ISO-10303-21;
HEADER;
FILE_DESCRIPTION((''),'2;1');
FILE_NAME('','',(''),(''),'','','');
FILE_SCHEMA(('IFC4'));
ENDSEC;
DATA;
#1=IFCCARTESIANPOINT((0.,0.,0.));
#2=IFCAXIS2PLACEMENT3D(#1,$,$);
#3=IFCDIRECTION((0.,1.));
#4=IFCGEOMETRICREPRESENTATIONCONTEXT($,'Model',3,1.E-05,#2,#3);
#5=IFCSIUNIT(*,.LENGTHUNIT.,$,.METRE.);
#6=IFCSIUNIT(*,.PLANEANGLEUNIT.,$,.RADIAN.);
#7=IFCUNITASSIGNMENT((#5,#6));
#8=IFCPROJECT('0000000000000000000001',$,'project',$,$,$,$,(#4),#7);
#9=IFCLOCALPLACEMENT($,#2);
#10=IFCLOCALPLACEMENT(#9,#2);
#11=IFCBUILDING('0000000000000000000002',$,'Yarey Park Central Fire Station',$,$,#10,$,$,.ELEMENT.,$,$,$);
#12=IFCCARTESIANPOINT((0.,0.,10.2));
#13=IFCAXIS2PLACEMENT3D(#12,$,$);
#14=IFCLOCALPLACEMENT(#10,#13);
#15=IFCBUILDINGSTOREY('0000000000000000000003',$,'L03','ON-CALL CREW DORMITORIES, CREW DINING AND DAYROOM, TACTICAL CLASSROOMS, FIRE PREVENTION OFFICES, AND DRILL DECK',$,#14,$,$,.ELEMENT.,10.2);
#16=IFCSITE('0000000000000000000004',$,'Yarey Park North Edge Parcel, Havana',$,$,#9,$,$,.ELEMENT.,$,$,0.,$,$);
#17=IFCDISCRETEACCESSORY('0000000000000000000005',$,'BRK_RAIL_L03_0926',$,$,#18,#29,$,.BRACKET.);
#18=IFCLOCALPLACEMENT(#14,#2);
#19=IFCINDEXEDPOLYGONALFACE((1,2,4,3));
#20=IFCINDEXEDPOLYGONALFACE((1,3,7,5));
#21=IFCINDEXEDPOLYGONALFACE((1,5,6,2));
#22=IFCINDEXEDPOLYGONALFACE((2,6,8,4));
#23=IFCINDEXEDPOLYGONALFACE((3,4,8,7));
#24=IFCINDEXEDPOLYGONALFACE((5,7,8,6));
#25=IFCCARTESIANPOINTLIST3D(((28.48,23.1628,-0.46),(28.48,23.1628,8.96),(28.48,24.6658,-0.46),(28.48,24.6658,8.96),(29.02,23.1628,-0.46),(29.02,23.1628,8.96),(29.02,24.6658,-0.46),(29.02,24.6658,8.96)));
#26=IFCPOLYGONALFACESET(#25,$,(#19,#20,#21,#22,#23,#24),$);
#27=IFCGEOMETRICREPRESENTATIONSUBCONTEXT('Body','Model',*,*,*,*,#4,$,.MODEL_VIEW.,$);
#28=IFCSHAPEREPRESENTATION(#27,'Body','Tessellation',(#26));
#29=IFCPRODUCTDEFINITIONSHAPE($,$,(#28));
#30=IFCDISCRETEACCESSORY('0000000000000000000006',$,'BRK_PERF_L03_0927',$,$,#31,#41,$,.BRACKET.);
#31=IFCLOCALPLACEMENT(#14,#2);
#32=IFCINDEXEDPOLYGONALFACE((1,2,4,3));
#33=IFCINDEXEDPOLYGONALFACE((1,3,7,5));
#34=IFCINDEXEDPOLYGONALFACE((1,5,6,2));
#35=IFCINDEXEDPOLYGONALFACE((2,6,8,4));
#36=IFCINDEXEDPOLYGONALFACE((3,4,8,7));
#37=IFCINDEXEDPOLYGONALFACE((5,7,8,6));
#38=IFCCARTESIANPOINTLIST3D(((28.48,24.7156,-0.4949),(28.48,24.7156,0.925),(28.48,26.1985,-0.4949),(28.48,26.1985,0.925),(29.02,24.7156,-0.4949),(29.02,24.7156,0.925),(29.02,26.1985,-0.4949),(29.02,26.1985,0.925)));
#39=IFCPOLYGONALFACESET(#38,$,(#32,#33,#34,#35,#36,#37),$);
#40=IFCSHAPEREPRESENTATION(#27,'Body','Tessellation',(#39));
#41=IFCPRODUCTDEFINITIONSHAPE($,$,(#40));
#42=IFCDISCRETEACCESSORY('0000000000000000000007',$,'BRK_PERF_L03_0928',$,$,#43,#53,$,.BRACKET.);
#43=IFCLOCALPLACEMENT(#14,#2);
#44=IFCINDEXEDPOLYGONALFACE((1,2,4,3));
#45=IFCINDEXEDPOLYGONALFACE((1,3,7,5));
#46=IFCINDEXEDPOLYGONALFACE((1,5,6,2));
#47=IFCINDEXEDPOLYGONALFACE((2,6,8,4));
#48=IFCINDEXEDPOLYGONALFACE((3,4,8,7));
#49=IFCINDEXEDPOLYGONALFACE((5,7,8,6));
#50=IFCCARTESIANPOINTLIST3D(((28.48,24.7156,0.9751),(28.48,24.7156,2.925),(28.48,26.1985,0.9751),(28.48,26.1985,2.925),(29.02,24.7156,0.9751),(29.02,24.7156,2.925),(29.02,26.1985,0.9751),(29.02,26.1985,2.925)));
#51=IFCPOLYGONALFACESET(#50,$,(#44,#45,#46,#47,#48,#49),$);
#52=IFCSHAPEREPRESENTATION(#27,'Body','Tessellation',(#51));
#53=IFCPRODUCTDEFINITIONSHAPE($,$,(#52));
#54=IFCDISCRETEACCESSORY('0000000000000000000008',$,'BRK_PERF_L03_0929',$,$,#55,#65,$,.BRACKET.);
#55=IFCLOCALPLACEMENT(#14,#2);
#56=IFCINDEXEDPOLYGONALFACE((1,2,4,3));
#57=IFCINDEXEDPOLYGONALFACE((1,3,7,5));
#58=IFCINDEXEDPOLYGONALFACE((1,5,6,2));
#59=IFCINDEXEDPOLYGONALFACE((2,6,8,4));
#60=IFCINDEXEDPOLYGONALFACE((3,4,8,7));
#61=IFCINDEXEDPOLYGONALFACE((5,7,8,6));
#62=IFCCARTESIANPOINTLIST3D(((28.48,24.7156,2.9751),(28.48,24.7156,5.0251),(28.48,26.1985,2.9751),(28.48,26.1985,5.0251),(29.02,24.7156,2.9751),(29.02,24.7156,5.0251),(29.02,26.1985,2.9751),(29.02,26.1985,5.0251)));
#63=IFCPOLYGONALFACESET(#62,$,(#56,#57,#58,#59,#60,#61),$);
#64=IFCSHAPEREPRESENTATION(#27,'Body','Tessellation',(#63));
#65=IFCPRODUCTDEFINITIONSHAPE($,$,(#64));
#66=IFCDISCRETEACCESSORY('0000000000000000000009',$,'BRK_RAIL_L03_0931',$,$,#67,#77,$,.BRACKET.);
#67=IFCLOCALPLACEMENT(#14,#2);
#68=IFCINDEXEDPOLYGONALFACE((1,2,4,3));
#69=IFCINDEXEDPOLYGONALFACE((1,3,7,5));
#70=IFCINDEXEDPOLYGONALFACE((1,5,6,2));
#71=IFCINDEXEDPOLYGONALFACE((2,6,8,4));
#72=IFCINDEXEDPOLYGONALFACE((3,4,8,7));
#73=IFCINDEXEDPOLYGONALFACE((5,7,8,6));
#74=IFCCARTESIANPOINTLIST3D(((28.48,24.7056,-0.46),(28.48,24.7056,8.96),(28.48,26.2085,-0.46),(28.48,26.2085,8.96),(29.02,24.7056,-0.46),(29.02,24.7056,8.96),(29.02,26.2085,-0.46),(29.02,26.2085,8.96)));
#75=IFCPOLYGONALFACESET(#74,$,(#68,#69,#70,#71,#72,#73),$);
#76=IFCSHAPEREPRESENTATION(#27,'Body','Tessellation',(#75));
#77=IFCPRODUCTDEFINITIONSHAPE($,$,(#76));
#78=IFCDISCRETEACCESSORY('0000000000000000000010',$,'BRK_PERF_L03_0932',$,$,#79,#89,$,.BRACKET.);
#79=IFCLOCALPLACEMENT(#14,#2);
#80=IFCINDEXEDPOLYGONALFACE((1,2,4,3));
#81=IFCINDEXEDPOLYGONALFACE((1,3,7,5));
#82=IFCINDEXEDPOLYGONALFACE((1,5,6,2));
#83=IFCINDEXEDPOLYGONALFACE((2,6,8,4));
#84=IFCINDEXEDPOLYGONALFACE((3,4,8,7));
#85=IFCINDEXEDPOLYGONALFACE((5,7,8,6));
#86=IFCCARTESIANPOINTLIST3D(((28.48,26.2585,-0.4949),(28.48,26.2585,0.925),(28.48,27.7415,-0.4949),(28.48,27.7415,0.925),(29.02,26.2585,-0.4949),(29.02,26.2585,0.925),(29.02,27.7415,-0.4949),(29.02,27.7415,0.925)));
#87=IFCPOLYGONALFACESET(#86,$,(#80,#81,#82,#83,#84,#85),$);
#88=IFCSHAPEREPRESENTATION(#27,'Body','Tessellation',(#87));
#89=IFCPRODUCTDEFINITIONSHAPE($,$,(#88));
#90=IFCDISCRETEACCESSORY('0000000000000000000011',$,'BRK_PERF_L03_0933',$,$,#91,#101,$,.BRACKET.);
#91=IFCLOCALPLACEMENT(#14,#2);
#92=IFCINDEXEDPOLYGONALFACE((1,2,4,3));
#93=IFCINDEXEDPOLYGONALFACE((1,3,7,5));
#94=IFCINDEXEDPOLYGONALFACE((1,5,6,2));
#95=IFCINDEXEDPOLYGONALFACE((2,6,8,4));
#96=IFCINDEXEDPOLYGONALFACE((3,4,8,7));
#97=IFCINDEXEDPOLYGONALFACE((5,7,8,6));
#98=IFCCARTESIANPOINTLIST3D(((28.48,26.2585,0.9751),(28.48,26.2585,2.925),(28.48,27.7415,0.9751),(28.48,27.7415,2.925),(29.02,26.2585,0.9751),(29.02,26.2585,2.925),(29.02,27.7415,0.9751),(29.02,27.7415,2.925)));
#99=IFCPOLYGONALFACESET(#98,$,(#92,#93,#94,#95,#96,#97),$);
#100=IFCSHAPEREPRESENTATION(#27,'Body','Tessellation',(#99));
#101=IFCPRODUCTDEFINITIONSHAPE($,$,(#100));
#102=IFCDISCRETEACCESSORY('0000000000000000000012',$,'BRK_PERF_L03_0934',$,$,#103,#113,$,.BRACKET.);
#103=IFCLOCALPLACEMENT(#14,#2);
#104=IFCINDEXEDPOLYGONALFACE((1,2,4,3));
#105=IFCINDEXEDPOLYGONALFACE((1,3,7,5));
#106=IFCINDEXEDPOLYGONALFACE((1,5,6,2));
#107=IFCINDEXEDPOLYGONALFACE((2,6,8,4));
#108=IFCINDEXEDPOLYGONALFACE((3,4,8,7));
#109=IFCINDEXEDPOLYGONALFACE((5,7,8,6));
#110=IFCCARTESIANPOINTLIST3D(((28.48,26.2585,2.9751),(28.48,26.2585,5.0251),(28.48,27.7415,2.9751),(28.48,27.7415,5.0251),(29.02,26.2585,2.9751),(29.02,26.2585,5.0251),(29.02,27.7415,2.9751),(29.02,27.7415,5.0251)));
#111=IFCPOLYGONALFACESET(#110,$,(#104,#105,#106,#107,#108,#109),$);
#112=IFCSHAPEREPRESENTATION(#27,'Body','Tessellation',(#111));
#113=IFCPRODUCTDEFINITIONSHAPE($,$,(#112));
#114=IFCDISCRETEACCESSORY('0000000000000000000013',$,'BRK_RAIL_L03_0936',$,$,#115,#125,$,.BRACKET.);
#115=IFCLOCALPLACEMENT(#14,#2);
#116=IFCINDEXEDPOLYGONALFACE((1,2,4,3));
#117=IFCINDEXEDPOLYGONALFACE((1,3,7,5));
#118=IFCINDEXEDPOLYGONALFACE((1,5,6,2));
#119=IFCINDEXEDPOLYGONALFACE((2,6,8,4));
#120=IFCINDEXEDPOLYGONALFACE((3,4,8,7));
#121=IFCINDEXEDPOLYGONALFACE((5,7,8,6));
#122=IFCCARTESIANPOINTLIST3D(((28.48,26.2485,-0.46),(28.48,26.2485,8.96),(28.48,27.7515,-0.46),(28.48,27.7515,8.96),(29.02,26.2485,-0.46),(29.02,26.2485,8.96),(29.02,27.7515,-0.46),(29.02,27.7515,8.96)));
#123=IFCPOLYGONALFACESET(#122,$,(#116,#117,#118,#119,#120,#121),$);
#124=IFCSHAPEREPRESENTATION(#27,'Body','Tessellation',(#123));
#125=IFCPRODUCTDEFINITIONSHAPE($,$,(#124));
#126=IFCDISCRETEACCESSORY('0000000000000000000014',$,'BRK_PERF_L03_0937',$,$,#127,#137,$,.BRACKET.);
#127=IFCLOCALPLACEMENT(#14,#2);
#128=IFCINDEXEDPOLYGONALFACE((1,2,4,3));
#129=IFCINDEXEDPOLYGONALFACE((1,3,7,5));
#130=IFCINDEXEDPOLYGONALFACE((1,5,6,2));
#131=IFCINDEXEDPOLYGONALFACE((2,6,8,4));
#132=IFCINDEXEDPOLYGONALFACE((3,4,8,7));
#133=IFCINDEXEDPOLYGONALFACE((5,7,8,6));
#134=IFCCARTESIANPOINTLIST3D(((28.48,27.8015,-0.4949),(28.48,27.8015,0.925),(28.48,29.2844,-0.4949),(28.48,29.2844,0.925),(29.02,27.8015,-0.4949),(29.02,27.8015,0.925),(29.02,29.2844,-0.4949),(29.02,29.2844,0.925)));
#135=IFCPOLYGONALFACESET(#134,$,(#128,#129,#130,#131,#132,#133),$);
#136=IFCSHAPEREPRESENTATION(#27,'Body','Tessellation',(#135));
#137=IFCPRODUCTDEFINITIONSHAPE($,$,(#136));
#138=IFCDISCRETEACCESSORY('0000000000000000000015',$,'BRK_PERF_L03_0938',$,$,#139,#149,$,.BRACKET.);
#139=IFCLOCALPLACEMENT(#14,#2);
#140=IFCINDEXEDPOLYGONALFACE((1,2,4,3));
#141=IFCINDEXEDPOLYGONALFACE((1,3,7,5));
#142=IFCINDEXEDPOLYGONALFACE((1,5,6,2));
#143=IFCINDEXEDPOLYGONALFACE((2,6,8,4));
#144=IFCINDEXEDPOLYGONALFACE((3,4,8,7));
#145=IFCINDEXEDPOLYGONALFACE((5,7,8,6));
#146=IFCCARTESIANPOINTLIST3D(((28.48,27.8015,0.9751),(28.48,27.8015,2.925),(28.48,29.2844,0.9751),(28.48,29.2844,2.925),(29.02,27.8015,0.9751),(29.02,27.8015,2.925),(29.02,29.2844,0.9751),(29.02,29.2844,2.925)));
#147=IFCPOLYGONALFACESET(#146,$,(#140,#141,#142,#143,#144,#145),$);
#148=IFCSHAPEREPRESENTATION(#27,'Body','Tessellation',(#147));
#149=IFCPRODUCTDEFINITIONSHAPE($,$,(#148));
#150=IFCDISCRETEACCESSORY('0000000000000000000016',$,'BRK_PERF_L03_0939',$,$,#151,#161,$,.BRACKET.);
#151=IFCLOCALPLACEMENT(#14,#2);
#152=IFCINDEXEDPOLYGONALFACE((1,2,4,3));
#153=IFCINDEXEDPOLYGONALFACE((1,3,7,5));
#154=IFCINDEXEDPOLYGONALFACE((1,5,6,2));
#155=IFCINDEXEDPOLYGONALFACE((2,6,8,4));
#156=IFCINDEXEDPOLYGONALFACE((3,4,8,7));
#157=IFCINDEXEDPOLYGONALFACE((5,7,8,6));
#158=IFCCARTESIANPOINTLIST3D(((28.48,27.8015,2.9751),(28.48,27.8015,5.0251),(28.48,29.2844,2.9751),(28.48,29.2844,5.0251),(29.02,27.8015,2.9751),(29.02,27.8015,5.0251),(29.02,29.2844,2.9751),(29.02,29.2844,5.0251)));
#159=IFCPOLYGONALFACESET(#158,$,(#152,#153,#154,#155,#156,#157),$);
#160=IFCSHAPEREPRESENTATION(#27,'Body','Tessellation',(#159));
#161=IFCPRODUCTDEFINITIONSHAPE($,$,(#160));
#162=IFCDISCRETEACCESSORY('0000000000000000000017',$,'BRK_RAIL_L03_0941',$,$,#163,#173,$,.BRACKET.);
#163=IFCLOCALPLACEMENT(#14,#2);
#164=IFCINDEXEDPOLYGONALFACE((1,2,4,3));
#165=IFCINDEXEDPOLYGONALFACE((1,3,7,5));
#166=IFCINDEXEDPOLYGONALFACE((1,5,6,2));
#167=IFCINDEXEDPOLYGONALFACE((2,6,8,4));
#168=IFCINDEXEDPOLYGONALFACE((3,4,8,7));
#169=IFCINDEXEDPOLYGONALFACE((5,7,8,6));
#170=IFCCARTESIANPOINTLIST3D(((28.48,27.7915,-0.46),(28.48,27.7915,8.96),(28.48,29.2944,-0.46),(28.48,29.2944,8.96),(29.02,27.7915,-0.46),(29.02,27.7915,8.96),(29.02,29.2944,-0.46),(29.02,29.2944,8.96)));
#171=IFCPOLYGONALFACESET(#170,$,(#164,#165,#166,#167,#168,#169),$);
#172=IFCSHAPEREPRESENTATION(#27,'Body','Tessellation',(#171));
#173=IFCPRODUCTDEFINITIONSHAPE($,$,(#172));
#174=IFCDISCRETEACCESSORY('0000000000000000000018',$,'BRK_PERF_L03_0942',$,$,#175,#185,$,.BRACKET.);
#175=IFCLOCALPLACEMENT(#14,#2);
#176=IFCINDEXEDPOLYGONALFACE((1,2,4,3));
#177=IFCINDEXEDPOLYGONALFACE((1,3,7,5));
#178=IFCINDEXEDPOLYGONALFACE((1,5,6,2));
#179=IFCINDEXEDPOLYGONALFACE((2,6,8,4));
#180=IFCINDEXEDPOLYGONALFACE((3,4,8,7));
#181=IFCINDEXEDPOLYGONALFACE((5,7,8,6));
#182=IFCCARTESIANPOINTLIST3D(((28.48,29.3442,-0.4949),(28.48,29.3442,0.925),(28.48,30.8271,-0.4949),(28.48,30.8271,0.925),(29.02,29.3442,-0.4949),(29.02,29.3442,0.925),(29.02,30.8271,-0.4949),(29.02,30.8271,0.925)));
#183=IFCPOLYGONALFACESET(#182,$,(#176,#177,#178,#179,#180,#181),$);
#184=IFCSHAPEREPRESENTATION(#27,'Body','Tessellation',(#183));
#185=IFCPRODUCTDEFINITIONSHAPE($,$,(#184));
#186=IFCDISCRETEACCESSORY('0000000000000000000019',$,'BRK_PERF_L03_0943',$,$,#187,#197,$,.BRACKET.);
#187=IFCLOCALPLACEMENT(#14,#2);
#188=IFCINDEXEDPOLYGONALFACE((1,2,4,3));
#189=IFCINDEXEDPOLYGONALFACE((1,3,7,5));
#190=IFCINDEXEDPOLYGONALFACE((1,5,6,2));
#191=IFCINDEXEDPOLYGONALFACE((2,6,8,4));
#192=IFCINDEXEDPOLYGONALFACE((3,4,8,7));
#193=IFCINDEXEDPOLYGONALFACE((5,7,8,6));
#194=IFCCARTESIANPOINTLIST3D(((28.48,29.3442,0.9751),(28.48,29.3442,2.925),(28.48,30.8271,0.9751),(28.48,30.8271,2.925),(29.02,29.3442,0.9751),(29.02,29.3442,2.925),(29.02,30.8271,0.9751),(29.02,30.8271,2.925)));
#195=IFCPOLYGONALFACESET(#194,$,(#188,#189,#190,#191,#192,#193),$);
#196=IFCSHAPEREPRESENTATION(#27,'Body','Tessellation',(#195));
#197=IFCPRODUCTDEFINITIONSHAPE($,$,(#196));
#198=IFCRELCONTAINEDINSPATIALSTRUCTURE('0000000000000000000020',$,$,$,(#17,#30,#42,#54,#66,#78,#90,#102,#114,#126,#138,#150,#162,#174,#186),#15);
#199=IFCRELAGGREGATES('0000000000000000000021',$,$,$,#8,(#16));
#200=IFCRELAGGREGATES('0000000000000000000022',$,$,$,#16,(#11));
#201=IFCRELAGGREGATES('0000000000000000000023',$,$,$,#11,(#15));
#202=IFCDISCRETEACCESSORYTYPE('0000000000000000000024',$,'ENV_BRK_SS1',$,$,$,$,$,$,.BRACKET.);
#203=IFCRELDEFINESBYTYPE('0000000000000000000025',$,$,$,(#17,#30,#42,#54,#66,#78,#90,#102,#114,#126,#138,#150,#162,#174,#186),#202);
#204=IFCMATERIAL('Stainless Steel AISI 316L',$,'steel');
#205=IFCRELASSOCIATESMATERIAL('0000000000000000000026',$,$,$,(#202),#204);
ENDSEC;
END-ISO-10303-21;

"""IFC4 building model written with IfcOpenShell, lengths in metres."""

from ifc_helpers import new_model, si_unit, direction, frame, origin, origin_2d, place, context, subcontext, project, spatial, rectangle, extrude, material, type_object, element, save


model = new_model("IFC4")

# Units and contexts
model_context = context("Model", 3, precision=1e-05, world=origin(), true_north=direction((0.0, 1.0)))
body_context = subcontext(model_context, "Body", "Model", "MODEL_VIEW")
ifc_project = project(units=[si_unit("LENGTHUNIT", "METRE"), si_unit("PLANEANGLEUNIT", "RADIAN")], contexts=[model_context])

# Site, building, storey
site_placement = place(None, origin())
site = spatial("IfcSite", under=ifc_project, at=site_placement, Name="Yarey Park North Edge Parcel, Havana", CompositionType="ELEMENT", RefElevation=0.0)
building_placement = place(site_placement, origin())
building = spatial("IfcBuilding", under=site, at=building_placement, Name="Yarey Park Central Fire Station", CompositionType="ELEMENT")
storey_placement = place(building_placement, frame((0.0, 0.0, 10.2)))
storey = spatial("IfcBuildingStorey", under=building, at=storey_placement, Name="L03", Description="ON-CALL CREW DORMITORIES, CREW DINING AND DAYROOM, TACTICAL CLASSROOMS, FIRE PREVENTION OFFICES, AND DRILL DECK", CompositionType="ELEMENT", Elevation=10.2)

# Discrete accessories
ifc_material_1 = material(Name="Stainless Steel AISI 316L", Category="steel")
discrete_accessory_type = type_object("IfcDiscreteAccessoryType", Name="ENV_BRK_SS1", PredefinedType="BRACKET", material=ifc_material_1)
discrete_accessory_1_placement = place(storey_placement, frame((28.75, 23.9143, -0.46), z_axis=(0.0, 0.0, 1.0), x_axis=(1.0, 0.0, 0.0)))
element("IfcDiscreteAccessory", 1, at=discrete_accessory_1_placement, inside=storey, type_object=discrete_accessory_type, Name="BRK_RAIL_L03_0926", PredefinedType="BRACKET", context=body_context, shape_type="SweptSolid", body=[
    extrude(rectangle(XDim=0.54, YDim=1.5029, at=origin_2d()), origin(), (0.0, 0.0, 1.0), 9.4199),
])
discrete_accessory_2_placement = place(storey_placement, frame((28.75, 25.457, -0.4949), z_axis=(0.0, 0.0, 1.0), x_axis=(1.0, 0.0, 0.0)))
element("IfcDiscreteAccessory", 2, at=discrete_accessory_2_placement, inside=storey, type_object=discrete_accessory_type, Name="BRK_PERF_L03_0927", PredefinedType="BRACKET", context=body_context, shape_type="SweptSolid", body=[
    extrude(rectangle(XDim=0.54, YDim=1.4829, at=origin_2d()), origin(), (0.0, 0.0, 1.0), 1.4199),
])
discrete_accessory_3_placement = place(storey_placement, frame((28.75, 25.457, 0.9751), z_axis=(0.0, 0.0, 1.0), x_axis=(1.0, 0.0, 0.0)))
element("IfcDiscreteAccessory", 3, at=discrete_accessory_3_placement, inside=storey, type_object=discrete_accessory_type, Name="BRK_PERF_L03_0928", PredefinedType="BRACKET", context=body_context, shape_type="SweptSolid", body=[
    extrude(rectangle(XDim=0.54, YDim=1.4829, at=origin_2d()), origin(), (0.0, 0.0, 1.0), 1.95),
])
discrete_accessory_4_placement = place(storey_placement, frame((28.75, 25.457, 2.9751), z_axis=(0.0, 0.0, 1.0), x_axis=(1.0, 0.0, 0.0)))
element("IfcDiscreteAccessory", 4, at=discrete_accessory_4_placement, inside=storey, type_object=discrete_accessory_type, Name="BRK_PERF_L03_0929", PredefinedType="BRACKET", context=body_context, shape_type="SweptSolid", body=[
    extrude(rectangle(XDim=0.54, YDim=1.4829, at=origin_2d()), origin(), (0.0, 0.0, 1.0), 2.05),
])
discrete_accessory_5_placement = place(storey_placement, frame((28.75, 25.457, -0.46), z_axis=(0.0, 0.0, 1.0), x_axis=(1.0, 0.0, 0.0)))
element("IfcDiscreteAccessory", 5, at=discrete_accessory_5_placement, inside=storey, type_object=discrete_accessory_type, Name="BRK_RAIL_L03_0931", PredefinedType="BRACKET", context=body_context, shape_type="SweptSolid", body=[
    extrude(rectangle(XDim=0.54, YDim=1.5029, at=origin_2d()), origin(), (0.0, 0.0, 1.0), 9.4199),
])
discrete_accessory_6_placement = place(storey_placement, frame((28.75, 27.0, -0.4949), z_axis=(0.0, 0.0, 1.0), x_axis=(1.0, 0.0, 0.0)))
element("IfcDiscreteAccessory", 6, at=discrete_accessory_6_placement, inside=storey, type_object=discrete_accessory_type, Name="BRK_PERF_L03_0932", PredefinedType="BRACKET", context=body_context, shape_type="SweptSolid", body=[
    extrude(rectangle(XDim=0.54, YDim=1.4829, at=origin_2d()), origin(), (0.0, 0.0, 1.0), 1.4199),
])
discrete_accessory_7_placement = place(storey_placement, frame((28.75, 27.0, 0.9751), z_axis=(0.0, 0.0, 1.0), x_axis=(1.0, 0.0, 0.0)))
element("IfcDiscreteAccessory", 7, at=discrete_accessory_7_placement, inside=storey, type_object=discrete_accessory_type, Name="BRK_PERF_L03_0933", PredefinedType="BRACKET", context=body_context, shape_type="SweptSolid", body=[
    extrude(rectangle(XDim=0.54, YDim=1.4829, at=origin_2d()), origin(), (0.0, 0.0, 1.0), 1.95),
])
discrete_accessory_8_placement = place(storey_placement, frame((28.75, 27.0, 2.9751), z_axis=(0.0, 0.0, 1.0), x_axis=(1.0, 0.0, 0.0)))
element("IfcDiscreteAccessory", 8, at=discrete_accessory_8_placement, inside=storey, type_object=discrete_accessory_type, Name="BRK_PERF_L03_0934", PredefinedType="BRACKET", context=body_context, shape_type="SweptSolid", body=[
    extrude(rectangle(XDim=0.54, YDim=1.4829, at=origin_2d()), origin(), (0.0, 0.0, 1.0), 2.05),
])
discrete_accessory_9_placement = place(storey_placement, frame((28.75, 27.0, -0.46), z_axis=(0.0, 0.0, 1.0), x_axis=(1.0, 0.0, 0.0)))
element("IfcDiscreteAccessory", 9, at=discrete_accessory_9_placement, inside=storey, type_object=discrete_accessory_type, Name="BRK_RAIL_L03_0936", PredefinedType="BRACKET", context=body_context, shape_type="SweptSolid", body=[
    extrude(rectangle(XDim=0.54, YDim=1.5029, at=origin_2d()), origin(), (0.0, 0.0, 1.0), 9.4199),
])
discrete_accessory_10_placement = place(storey_placement, frame((28.75, 28.543, -0.4949), z_axis=(0.0, 0.0, 1.0), x_axis=(1.0, 0.0, 0.0)))
element("IfcDiscreteAccessory", 10, at=discrete_accessory_10_placement, inside=storey, type_object=discrete_accessory_type, Name="BRK_PERF_L03_0937", PredefinedType="BRACKET", context=body_context, shape_type="SweptSolid", body=[
    extrude(rectangle(XDim=0.54, YDim=1.4829, at=origin_2d()), origin(), (0.0, 0.0, 1.0), 1.4199),
])
discrete_accessory_11_placement = place(storey_placement, frame((28.75, 28.543, 0.9751), z_axis=(0.0, 0.0, 1.0), x_axis=(1.0, 0.0, 0.0)))
element("IfcDiscreteAccessory", 11, at=discrete_accessory_11_placement, inside=storey, type_object=discrete_accessory_type, Name="BRK_PERF_L03_0938", PredefinedType="BRACKET", context=body_context, shape_type="SweptSolid", body=[
    extrude(rectangle(XDim=0.54, YDim=1.4829, at=origin_2d()), origin(), (0.0, 0.0, 1.0), 1.95),
])
discrete_accessory_12_placement = place(storey_placement, frame((28.75, 28.543, 2.9751), z_axis=(0.0, 0.0, 1.0), x_axis=(1.0, 0.0, 0.0)))
element("IfcDiscreteAccessory", 12, at=discrete_accessory_12_placement, inside=storey, type_object=discrete_accessory_type, Name="BRK_PERF_L03_0939", PredefinedType="BRACKET", context=body_context, shape_type="SweptSolid", body=[
    extrude(rectangle(XDim=0.54, YDim=1.4829, at=origin_2d()), origin(), (0.0, 0.0, 1.0), 2.05),
])
discrete_accessory_13_placement = place(storey_placement, frame((28.75, 28.543, -0.46), z_axis=(0.0, 0.0, 1.0), x_axis=(1.0, 0.0, 0.0)))
element("IfcDiscreteAccessory", 13, at=discrete_accessory_13_placement, inside=storey, type_object=discrete_accessory_type, Name="BRK_RAIL_L03_0941", PredefinedType="BRACKET", context=body_context, shape_type="SweptSolid", body=[
    extrude(rectangle(XDim=0.54, YDim=1.5029, at=origin_2d()), origin(), (0.0, 0.0, 1.0), 9.4199),
])
discrete_accessory_14_placement = place(storey_placement, frame((28.75, 30.0857, -0.4949), z_axis=(0.0, 0.0, 1.0), x_axis=(1.0, 0.0, 0.0)))
element("IfcDiscreteAccessory", 14, at=discrete_accessory_14_placement, inside=storey, type_object=discrete_accessory_type, Name="BRK_PERF_L03_0942", PredefinedType="BRACKET", context=body_context, shape_type="SweptSolid", body=[
    extrude(rectangle(XDim=0.54, YDim=1.4829, at=origin_2d()), origin(), (0.0, 0.0, 1.0), 1.4199),
])
discrete_accessory_15_placement = place(storey_placement, frame((28.75, 30.0857, 0.9751), z_axis=(0.0, 0.0, 1.0), x_axis=(1.0, 0.0, 0.0)))
element("IfcDiscreteAccessory", 15, at=discrete_accessory_15_placement, inside=storey, type_object=discrete_accessory_type, Name="BRK_PERF_L03_0943", PredefinedType="BRACKET", context=body_context, shape_type="SweptSolid", body=[
    extrude(rectangle(XDim=0.54, YDim=1.4829, at=origin_2d()), origin(), (0.0, 0.0, 1.0), 1.95),
])

save(model, "model.ifc")
